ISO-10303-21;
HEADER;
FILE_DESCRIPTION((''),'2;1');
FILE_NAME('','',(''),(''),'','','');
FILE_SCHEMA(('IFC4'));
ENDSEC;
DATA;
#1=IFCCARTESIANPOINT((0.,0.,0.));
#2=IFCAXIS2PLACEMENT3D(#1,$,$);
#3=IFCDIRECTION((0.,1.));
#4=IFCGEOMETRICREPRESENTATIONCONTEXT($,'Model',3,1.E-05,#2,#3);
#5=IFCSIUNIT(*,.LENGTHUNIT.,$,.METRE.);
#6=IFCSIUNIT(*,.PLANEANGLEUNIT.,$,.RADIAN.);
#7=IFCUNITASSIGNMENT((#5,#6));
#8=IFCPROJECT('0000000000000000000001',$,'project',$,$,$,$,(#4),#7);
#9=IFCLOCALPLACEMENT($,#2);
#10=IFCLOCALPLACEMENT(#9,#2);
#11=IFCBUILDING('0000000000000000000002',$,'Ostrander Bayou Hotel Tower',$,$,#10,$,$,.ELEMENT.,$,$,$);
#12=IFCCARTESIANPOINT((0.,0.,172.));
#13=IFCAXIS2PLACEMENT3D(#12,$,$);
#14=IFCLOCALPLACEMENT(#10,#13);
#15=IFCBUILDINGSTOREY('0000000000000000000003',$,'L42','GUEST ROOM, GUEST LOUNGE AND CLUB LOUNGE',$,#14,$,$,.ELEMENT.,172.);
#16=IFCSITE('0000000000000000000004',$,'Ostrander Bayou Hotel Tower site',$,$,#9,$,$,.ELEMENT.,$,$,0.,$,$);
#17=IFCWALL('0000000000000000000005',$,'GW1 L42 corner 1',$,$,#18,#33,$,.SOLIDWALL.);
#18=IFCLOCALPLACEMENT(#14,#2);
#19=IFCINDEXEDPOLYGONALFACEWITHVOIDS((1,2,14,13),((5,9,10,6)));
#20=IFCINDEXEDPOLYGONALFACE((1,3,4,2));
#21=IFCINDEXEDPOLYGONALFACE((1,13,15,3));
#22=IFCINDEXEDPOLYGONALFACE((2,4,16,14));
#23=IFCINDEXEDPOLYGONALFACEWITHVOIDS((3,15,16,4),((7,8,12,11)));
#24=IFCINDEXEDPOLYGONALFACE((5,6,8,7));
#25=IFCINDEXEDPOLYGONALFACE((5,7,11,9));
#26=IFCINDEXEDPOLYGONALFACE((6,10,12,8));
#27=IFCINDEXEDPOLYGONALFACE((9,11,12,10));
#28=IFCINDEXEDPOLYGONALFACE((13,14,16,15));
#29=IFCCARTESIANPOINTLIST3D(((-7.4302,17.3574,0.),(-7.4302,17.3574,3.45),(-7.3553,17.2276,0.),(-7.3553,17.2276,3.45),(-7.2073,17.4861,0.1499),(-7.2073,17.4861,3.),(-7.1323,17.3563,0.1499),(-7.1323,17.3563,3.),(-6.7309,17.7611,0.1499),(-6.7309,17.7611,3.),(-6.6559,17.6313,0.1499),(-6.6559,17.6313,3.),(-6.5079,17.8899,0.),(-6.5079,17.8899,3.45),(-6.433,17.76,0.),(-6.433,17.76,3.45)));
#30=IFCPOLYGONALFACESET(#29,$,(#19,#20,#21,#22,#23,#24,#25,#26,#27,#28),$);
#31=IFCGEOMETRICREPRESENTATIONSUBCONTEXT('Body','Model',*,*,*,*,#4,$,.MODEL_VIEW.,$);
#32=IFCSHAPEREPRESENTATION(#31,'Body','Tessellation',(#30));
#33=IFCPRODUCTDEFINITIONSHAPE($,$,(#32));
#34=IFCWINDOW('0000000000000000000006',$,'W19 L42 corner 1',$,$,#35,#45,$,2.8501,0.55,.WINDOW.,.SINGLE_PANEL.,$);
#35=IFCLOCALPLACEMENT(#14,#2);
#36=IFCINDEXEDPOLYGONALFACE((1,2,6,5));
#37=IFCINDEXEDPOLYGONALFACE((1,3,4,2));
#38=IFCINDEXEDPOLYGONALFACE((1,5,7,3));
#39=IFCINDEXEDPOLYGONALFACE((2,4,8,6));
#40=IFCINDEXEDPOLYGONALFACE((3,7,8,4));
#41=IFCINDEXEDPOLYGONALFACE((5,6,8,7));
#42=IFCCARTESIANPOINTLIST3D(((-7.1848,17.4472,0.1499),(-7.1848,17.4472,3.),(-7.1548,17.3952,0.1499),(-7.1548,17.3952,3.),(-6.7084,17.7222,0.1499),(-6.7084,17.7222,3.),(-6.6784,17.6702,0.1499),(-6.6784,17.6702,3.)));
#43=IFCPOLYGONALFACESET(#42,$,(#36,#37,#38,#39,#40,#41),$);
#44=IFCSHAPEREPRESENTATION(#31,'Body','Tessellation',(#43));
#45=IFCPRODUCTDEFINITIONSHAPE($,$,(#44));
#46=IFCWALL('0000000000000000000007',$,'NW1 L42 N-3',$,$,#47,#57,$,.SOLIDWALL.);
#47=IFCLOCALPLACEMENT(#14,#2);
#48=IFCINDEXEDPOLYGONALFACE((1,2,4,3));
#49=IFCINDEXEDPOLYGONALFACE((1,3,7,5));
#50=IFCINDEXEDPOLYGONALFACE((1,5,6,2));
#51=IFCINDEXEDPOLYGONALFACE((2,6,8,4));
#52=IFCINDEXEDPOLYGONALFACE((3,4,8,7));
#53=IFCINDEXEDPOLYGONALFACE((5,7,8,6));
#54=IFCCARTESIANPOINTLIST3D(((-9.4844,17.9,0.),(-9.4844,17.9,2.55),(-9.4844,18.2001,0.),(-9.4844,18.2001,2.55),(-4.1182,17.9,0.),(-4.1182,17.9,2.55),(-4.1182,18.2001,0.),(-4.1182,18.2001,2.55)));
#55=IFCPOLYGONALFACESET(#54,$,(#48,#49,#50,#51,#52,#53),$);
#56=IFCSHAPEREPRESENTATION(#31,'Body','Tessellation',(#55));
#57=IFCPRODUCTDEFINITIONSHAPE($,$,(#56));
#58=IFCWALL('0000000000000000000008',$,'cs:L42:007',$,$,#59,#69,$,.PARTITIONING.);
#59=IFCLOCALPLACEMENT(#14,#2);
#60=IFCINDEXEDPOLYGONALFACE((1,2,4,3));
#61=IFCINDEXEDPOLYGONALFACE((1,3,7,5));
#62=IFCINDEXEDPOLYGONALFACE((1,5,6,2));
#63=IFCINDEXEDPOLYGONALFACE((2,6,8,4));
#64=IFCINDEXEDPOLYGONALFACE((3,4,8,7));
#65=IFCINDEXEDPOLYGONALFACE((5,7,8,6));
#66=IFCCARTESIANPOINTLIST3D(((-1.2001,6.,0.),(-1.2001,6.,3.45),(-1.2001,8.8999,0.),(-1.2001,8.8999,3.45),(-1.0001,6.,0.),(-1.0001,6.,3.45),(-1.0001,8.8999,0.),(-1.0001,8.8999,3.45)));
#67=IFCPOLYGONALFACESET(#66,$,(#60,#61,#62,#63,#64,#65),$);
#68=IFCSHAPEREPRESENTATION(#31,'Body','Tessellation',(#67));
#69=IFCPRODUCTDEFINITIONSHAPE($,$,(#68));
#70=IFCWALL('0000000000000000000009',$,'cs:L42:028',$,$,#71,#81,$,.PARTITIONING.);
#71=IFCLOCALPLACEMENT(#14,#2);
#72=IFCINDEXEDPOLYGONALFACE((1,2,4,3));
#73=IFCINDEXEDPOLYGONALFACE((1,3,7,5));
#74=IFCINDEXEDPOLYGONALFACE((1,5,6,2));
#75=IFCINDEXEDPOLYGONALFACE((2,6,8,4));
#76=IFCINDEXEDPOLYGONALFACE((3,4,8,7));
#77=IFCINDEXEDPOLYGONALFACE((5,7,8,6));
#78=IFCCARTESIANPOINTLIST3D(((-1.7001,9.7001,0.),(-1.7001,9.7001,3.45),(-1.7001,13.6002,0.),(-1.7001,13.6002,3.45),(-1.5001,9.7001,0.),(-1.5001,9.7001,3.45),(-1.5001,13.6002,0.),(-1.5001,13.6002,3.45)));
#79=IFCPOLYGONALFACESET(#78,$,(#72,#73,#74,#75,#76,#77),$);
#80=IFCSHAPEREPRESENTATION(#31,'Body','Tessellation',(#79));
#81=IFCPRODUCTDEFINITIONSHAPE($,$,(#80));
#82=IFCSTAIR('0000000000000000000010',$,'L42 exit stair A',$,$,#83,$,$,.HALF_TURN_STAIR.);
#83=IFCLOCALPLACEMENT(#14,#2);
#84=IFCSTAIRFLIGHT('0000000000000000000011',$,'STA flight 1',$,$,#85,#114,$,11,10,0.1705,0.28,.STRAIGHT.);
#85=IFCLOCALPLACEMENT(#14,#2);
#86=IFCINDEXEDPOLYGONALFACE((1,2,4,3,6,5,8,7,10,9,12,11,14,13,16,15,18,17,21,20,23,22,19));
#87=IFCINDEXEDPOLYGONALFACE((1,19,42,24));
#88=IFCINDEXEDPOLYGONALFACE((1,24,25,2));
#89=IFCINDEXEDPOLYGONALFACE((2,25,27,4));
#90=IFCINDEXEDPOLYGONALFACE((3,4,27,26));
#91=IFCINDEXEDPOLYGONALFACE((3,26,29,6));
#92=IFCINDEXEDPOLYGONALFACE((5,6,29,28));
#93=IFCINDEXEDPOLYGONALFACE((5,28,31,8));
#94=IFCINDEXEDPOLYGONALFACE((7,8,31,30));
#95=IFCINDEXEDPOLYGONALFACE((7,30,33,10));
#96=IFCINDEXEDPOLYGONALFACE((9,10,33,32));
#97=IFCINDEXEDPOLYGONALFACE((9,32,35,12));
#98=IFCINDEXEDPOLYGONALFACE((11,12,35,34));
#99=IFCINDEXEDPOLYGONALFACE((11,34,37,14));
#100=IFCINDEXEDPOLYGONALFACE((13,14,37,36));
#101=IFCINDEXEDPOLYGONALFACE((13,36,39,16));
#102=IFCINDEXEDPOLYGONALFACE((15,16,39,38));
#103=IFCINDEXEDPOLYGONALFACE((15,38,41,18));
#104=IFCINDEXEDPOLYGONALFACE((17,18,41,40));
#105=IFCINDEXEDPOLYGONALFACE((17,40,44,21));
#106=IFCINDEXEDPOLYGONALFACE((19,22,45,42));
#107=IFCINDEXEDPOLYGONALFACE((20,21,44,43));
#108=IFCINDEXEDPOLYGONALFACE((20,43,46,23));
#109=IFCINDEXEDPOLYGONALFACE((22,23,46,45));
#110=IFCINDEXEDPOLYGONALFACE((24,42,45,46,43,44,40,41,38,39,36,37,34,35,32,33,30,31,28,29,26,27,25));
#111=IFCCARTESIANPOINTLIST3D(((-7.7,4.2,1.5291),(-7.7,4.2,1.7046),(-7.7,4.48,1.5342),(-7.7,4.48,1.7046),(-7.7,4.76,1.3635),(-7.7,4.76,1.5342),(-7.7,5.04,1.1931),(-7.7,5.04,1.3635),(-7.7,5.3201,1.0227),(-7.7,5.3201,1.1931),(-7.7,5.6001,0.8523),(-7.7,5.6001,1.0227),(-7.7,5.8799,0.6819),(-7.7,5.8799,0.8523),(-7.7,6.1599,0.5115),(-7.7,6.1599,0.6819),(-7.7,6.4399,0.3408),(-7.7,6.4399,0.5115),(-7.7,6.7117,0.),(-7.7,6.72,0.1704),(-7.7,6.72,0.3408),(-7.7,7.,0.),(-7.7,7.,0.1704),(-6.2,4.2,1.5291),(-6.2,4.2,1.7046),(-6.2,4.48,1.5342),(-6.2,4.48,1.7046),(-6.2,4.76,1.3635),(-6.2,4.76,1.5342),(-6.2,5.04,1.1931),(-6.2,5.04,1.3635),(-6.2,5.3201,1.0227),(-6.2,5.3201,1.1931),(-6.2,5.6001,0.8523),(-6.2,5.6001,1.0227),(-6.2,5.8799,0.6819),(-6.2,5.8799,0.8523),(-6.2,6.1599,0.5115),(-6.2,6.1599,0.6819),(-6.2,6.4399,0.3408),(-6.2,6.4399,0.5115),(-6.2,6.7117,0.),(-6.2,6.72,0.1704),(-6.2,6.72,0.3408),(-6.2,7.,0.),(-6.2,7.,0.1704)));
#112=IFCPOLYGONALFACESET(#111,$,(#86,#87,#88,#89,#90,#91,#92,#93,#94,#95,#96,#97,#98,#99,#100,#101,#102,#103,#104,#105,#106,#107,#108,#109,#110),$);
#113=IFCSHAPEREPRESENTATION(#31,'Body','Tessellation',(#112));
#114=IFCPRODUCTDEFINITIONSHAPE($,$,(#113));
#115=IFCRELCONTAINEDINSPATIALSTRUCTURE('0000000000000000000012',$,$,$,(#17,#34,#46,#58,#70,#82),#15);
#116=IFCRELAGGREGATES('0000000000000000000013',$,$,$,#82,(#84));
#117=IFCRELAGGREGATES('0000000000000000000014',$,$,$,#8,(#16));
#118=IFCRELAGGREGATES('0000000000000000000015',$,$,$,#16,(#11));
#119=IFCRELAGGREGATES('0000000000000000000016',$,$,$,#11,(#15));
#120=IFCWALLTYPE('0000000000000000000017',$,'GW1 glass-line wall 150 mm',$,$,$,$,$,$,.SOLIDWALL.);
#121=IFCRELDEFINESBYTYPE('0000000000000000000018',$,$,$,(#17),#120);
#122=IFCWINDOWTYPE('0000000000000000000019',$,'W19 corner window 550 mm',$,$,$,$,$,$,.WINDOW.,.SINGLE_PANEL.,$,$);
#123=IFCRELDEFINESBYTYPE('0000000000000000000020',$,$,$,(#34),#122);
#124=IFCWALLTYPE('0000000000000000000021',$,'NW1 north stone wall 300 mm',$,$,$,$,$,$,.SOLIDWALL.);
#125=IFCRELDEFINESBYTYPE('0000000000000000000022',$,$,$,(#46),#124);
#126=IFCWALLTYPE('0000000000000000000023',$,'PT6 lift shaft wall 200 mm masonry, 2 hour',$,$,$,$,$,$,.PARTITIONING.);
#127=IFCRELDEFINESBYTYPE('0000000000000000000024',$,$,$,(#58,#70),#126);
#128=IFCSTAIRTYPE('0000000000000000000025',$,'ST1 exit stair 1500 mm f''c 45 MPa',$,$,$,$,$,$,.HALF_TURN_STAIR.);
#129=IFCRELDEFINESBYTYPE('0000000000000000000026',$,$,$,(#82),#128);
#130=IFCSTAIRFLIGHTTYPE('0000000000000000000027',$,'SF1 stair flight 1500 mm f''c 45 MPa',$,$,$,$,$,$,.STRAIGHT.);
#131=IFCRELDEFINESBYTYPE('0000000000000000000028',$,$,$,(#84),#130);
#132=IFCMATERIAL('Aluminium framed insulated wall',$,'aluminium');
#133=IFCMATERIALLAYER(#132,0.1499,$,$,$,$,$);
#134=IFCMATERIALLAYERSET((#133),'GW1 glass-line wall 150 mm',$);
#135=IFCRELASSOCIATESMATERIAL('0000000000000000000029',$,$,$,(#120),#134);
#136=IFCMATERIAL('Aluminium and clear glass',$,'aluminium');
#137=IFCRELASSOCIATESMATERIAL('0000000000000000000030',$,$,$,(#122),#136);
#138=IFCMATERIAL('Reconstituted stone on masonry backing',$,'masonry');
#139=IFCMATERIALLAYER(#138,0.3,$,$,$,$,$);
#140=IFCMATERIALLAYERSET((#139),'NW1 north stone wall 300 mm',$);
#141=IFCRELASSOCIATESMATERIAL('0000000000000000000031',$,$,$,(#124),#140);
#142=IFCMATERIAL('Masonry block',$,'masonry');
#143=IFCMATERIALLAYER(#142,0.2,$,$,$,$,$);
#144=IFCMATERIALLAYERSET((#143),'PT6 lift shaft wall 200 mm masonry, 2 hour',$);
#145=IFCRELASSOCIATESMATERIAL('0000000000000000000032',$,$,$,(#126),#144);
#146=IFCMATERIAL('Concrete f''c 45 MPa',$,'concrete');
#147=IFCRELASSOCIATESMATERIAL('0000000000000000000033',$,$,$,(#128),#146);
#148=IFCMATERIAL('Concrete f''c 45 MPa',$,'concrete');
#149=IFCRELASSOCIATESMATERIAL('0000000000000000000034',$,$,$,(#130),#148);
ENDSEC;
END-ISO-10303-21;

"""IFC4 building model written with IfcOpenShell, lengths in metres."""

from ifc_helpers import new_model, si_unit, direction, frame, frame_2d, origin, place, context, subcontext, project, spatial, polyline, rectangle, outline, extrude, material, layer, layer_set, type_object, element, fill, aggregate, save


model = new_model("IFC4")

# Units and contexts
model_context = context("Model", 3, precision=1e-05, world=origin(), true_north=direction((0.0, 1.0)))
body_context = subcontext(model_context, "Body", "Model", "MODEL_VIEW")
ifc_project = project(units=[si_unit("LENGTHUNIT", "METRE"), si_unit("PLANEANGLEUNIT", "RADIAN")], contexts=[model_context])

# Site, building, storey
site_placement = place(None, origin())
site = spatial("IfcSite", under=ifc_project, at=site_placement, Name="Ostrander Bayou Hotel Tower site", CompositionType="ELEMENT", RefElevation=0.0)
building_placement = place(site_placement, origin())
building = spatial("IfcBuilding", under=site, at=building_placement, Name="Ostrander Bayou Hotel Tower", CompositionType="ELEMENT")
storey_placement = place(building_placement, frame((0.0, 0.0, 172.0)))
storey = spatial("IfcBuildingStorey", under=building, at=storey_placement, Name="L42", Description="GUEST ROOM, GUEST LOUNGE AND CLUB LOUNGE", CompositionType="ELEMENT", Elevation=172.0)

# Shared definitions
ifc_material_1 = material(Name="Aluminium framed insulated wall", Category="aluminium")
ifc_layer_1 = layer(ifc_material_1, 0.1499)
ifc_layer_set_1 = layer_set([ifc_layer_1], Name="GW1 glass-line wall 150 mm")
wall_type_1 = type_object("IfcWallType", Name="GW1 glass-line wall 150 mm", PredefinedType="SOLIDWALL", material=ifc_layer_set_1)

# Wall, opening, window
wall_1_placement = place(storey_placement, frame((-6.4705, 17.825, 0.0), z_axis=(0.0, 0.0, 1.0), x_axis=(-0.866048, -0.499961, 0.0)))
wall_1 = element("IfcWall", 1, at=wall_1_placement, inside=storey, type_object=wall_type_1, Name="GW1 L42 corner 1", PredefinedType="SOLIDWALL", context=body_context, shape_type="SweptSolid", body=[
    extrude(rectangle(XDim=1.0649, YDim=0.1499, at=frame_2d((0.5325, 0.0))), origin(), (0.0, 0.0, 1.0), 3.45),
])
opening_1_placement = place(wall_1_placement, frame((0.2576, 0.0, 0.1499)))
opening_1 = element("IfcOpeningElement", 2, at=opening_1_placement, cuts=wall_1, PredefinedType="OPENING", context=body_context, shape_type="SweptSolid", body=[
    extrude(rectangle(XDim=0.55, YDim=2.8501, at=frame_2d((0.2749, 1.425))), frame((0.0, 0.075, 0.0), z_axis=(0.0, -1.0, 0.0), x_axis=(1.0, 0.0, 0.0)), (0.0, 0.0, 1.0), 0.1499),
])
ifc_material_2 = material(Name="Aluminium and clear glass", Category="aluminium")
window_type_1 = type_object("IfcWindowType", Name="W19 corner window 550 mm", PartitioningType="SINGLE_PANEL", PredefinedType="WINDOW", material=ifc_material_2)
window_1_placement = place(opening_1_placement, origin())
window_1 = element("IfcWindow", 3, at=window_1_placement, inside=storey, type_object=window_type_1, Name="W19 L42 corner 1", OverallHeight=2.8501, OverallWidth=0.55, PartitioningType="SINGLE_PANEL", PredefinedType="WINDOW", context=body_context, shape_type="SweptSolid", body=[
    extrude(rectangle(XDim=0.55, YDim=2.8501, at=frame_2d((0.2749, 1.425))), frame((0.0, 0.03, 0.0), z_axis=(0.0, -1.0, 0.0), x_axis=(1.0, 0.0, 0.0)), (0.0, 0.0, 1.0), 0.0601),
])
fill(opening_1, window_1)

# Wall
ifc_material_3 = material(Name="Reconstituted stone on masonry backing", Category="masonry")
ifc_layer_2 = layer(ifc_material_3, 0.3)
ifc_layer_set_2 = layer_set([ifc_layer_2], Name="NW1 north stone wall 300 mm")
wall_type_2 = type_object("IfcWallType", Name="NW1 north stone wall 300 mm", PredefinedType="SOLIDWALL", material=ifc_layer_set_2)
wall_2_placement = place(storey_placement, frame((-4.1182, 18.05, 0.0), z_axis=(0.0, 0.0, 1.0), x_axis=(-1.0, 0.0, 0.0)))
element("IfcWall", 4, at=wall_2_placement, inside=storey, type_object=wall_type_2, Name="NW1 L42 N-3", PredefinedType="SOLIDWALL", context=body_context, shape_type="SweptSolid", body=[
    extrude(rectangle(XDim=5.3662, YDim=0.3, at=frame_2d((2.6831, 0.0))), origin(), (0.0, 0.0, 1.0), 2.55),
])

# Walls
ifc_material_4 = material(Name="Masonry block", Category="masonry")
ifc_layer_3 = layer(ifc_material_4, 0.2)
ifc_layer_set_3 = layer_set([ifc_layer_3], Name="PT6 lift shaft wall 200 mm masonry, 2 hour")
wall_type_3 = type_object("IfcWallType", Name="PT6 lift shaft wall 200 mm masonry, 2 hour", PredefinedType="PARTITIONING", material=ifc_layer_set_3)
wall_3_placement = place(storey_placement, frame((-1.1001, 6.0, 0.0), z_axis=(0.0, 0.0, 1.0), x_axis=(0.0, 1.0, 0.0)))
element("IfcWall", 5, at=wall_3_placement, inside=storey, type_object=wall_type_3, Name="cs:L42:007", PredefinedType="PARTITIONING", context=body_context, shape_type="SweptSolid", body=[
    extrude(rectangle(XDim=2.8999, YDim=0.2, at=frame_2d((1.45, 0.0))), origin(), (0.0, 0.0, 1.0), 3.45),
])
wall_4_placement = place(storey_placement, frame((-1.6001, 9.7, 0.0), z_axis=(0.0, 0.0, 1.0), x_axis=(0.0, 1.0, 0.0)))
element("IfcWall", 6, at=wall_4_placement, inside=storey, type_object=wall_type_3, Name="cs:L42:028", PredefinedType="PARTITIONING", context=body_context, shape_type="SweptSolid", body=[
    extrude(rectangle(XDim=3.9001, YDim=0.2, at=frame_2d((1.9502, 0.0))), origin(), (0.0, 0.0, 1.0), 3.45),
])

# Stair, stair flight
ifc_material_5 = material(Name="Concrete f'c 45 MPa", Category="concrete")
stair_type = type_object("IfcStairType", Name="ST1 exit stair 1500 mm f'c 45 MPa", PredefinedType="HALF_TURN_STAIR", material=ifc_material_5)
stair_placement = place(storey_placement, origin())
stair = element("IfcStair", 7, at=stair_placement, inside=storey, type_object=stair_type, Name="L42 exit stair A", PredefinedType="HALF_TURN_STAIR")
ifc_material_6 = material(Name="Concrete f'c 45 MPa", Category="concrete")
stair_flight_type = type_object("IfcStairFlightType", Name="SF1 stair flight 1500 mm f'c 45 MPa", PredefinedType="STRAIGHT", material=ifc_material_6)
stair_flight_placement = place(storey_placement, frame((-6.95, 7.0, 0.0), z_axis=(0.0, 0.0, 1.0), x_axis=(0.0, -1.0, 0.0)))
stair_flight = element("IfcStairFlight", 8, at=stair_flight_placement, type_object=stair_flight_type, Name="STA flight 1", NumberOfRisers=11, NumberOfTreads=10, PredefinedType="STRAIGHT", RiserHeight=0.1705, TreadLength=0.28, context=body_context, shape_type="SweptSolid", body=[
    extrude(outline(polyline([(0.0, 0.0), (0.0, 0.1704), (0.28, 0.1704), (0.28, 0.3408), (0.5601, 0.3408), (0.5601, 0.5115), (0.8401, 0.5115), (0.8401, 0.6819), (1.1201, 0.6819), (1.1201, 0.8523), (1.3999, 0.8523), (1.3999, 1.0227), (1.6799, 1.0227), (1.6799, 1.1931), (1.96, 1.1931), (1.96, 1.3635), (2.24, 1.3635), (2.24, 1.5342), (2.52, 1.5342), (2.52, 1.7046), (2.8, 1.7046), (2.8, 1.875), (2.8, 1.5291), (0.2883, 0.0), (0.0, 0.0)])), frame((0.0, 0.75, 0.0), z_axis=(0.0, -1.0, 0.0), x_axis=(1.0, 0.0, 0.0)), (0.0, 0.0, 1.0), 1.5),
])
aggregate(stair, [stair_flight])

save(model, "model.ifc")
